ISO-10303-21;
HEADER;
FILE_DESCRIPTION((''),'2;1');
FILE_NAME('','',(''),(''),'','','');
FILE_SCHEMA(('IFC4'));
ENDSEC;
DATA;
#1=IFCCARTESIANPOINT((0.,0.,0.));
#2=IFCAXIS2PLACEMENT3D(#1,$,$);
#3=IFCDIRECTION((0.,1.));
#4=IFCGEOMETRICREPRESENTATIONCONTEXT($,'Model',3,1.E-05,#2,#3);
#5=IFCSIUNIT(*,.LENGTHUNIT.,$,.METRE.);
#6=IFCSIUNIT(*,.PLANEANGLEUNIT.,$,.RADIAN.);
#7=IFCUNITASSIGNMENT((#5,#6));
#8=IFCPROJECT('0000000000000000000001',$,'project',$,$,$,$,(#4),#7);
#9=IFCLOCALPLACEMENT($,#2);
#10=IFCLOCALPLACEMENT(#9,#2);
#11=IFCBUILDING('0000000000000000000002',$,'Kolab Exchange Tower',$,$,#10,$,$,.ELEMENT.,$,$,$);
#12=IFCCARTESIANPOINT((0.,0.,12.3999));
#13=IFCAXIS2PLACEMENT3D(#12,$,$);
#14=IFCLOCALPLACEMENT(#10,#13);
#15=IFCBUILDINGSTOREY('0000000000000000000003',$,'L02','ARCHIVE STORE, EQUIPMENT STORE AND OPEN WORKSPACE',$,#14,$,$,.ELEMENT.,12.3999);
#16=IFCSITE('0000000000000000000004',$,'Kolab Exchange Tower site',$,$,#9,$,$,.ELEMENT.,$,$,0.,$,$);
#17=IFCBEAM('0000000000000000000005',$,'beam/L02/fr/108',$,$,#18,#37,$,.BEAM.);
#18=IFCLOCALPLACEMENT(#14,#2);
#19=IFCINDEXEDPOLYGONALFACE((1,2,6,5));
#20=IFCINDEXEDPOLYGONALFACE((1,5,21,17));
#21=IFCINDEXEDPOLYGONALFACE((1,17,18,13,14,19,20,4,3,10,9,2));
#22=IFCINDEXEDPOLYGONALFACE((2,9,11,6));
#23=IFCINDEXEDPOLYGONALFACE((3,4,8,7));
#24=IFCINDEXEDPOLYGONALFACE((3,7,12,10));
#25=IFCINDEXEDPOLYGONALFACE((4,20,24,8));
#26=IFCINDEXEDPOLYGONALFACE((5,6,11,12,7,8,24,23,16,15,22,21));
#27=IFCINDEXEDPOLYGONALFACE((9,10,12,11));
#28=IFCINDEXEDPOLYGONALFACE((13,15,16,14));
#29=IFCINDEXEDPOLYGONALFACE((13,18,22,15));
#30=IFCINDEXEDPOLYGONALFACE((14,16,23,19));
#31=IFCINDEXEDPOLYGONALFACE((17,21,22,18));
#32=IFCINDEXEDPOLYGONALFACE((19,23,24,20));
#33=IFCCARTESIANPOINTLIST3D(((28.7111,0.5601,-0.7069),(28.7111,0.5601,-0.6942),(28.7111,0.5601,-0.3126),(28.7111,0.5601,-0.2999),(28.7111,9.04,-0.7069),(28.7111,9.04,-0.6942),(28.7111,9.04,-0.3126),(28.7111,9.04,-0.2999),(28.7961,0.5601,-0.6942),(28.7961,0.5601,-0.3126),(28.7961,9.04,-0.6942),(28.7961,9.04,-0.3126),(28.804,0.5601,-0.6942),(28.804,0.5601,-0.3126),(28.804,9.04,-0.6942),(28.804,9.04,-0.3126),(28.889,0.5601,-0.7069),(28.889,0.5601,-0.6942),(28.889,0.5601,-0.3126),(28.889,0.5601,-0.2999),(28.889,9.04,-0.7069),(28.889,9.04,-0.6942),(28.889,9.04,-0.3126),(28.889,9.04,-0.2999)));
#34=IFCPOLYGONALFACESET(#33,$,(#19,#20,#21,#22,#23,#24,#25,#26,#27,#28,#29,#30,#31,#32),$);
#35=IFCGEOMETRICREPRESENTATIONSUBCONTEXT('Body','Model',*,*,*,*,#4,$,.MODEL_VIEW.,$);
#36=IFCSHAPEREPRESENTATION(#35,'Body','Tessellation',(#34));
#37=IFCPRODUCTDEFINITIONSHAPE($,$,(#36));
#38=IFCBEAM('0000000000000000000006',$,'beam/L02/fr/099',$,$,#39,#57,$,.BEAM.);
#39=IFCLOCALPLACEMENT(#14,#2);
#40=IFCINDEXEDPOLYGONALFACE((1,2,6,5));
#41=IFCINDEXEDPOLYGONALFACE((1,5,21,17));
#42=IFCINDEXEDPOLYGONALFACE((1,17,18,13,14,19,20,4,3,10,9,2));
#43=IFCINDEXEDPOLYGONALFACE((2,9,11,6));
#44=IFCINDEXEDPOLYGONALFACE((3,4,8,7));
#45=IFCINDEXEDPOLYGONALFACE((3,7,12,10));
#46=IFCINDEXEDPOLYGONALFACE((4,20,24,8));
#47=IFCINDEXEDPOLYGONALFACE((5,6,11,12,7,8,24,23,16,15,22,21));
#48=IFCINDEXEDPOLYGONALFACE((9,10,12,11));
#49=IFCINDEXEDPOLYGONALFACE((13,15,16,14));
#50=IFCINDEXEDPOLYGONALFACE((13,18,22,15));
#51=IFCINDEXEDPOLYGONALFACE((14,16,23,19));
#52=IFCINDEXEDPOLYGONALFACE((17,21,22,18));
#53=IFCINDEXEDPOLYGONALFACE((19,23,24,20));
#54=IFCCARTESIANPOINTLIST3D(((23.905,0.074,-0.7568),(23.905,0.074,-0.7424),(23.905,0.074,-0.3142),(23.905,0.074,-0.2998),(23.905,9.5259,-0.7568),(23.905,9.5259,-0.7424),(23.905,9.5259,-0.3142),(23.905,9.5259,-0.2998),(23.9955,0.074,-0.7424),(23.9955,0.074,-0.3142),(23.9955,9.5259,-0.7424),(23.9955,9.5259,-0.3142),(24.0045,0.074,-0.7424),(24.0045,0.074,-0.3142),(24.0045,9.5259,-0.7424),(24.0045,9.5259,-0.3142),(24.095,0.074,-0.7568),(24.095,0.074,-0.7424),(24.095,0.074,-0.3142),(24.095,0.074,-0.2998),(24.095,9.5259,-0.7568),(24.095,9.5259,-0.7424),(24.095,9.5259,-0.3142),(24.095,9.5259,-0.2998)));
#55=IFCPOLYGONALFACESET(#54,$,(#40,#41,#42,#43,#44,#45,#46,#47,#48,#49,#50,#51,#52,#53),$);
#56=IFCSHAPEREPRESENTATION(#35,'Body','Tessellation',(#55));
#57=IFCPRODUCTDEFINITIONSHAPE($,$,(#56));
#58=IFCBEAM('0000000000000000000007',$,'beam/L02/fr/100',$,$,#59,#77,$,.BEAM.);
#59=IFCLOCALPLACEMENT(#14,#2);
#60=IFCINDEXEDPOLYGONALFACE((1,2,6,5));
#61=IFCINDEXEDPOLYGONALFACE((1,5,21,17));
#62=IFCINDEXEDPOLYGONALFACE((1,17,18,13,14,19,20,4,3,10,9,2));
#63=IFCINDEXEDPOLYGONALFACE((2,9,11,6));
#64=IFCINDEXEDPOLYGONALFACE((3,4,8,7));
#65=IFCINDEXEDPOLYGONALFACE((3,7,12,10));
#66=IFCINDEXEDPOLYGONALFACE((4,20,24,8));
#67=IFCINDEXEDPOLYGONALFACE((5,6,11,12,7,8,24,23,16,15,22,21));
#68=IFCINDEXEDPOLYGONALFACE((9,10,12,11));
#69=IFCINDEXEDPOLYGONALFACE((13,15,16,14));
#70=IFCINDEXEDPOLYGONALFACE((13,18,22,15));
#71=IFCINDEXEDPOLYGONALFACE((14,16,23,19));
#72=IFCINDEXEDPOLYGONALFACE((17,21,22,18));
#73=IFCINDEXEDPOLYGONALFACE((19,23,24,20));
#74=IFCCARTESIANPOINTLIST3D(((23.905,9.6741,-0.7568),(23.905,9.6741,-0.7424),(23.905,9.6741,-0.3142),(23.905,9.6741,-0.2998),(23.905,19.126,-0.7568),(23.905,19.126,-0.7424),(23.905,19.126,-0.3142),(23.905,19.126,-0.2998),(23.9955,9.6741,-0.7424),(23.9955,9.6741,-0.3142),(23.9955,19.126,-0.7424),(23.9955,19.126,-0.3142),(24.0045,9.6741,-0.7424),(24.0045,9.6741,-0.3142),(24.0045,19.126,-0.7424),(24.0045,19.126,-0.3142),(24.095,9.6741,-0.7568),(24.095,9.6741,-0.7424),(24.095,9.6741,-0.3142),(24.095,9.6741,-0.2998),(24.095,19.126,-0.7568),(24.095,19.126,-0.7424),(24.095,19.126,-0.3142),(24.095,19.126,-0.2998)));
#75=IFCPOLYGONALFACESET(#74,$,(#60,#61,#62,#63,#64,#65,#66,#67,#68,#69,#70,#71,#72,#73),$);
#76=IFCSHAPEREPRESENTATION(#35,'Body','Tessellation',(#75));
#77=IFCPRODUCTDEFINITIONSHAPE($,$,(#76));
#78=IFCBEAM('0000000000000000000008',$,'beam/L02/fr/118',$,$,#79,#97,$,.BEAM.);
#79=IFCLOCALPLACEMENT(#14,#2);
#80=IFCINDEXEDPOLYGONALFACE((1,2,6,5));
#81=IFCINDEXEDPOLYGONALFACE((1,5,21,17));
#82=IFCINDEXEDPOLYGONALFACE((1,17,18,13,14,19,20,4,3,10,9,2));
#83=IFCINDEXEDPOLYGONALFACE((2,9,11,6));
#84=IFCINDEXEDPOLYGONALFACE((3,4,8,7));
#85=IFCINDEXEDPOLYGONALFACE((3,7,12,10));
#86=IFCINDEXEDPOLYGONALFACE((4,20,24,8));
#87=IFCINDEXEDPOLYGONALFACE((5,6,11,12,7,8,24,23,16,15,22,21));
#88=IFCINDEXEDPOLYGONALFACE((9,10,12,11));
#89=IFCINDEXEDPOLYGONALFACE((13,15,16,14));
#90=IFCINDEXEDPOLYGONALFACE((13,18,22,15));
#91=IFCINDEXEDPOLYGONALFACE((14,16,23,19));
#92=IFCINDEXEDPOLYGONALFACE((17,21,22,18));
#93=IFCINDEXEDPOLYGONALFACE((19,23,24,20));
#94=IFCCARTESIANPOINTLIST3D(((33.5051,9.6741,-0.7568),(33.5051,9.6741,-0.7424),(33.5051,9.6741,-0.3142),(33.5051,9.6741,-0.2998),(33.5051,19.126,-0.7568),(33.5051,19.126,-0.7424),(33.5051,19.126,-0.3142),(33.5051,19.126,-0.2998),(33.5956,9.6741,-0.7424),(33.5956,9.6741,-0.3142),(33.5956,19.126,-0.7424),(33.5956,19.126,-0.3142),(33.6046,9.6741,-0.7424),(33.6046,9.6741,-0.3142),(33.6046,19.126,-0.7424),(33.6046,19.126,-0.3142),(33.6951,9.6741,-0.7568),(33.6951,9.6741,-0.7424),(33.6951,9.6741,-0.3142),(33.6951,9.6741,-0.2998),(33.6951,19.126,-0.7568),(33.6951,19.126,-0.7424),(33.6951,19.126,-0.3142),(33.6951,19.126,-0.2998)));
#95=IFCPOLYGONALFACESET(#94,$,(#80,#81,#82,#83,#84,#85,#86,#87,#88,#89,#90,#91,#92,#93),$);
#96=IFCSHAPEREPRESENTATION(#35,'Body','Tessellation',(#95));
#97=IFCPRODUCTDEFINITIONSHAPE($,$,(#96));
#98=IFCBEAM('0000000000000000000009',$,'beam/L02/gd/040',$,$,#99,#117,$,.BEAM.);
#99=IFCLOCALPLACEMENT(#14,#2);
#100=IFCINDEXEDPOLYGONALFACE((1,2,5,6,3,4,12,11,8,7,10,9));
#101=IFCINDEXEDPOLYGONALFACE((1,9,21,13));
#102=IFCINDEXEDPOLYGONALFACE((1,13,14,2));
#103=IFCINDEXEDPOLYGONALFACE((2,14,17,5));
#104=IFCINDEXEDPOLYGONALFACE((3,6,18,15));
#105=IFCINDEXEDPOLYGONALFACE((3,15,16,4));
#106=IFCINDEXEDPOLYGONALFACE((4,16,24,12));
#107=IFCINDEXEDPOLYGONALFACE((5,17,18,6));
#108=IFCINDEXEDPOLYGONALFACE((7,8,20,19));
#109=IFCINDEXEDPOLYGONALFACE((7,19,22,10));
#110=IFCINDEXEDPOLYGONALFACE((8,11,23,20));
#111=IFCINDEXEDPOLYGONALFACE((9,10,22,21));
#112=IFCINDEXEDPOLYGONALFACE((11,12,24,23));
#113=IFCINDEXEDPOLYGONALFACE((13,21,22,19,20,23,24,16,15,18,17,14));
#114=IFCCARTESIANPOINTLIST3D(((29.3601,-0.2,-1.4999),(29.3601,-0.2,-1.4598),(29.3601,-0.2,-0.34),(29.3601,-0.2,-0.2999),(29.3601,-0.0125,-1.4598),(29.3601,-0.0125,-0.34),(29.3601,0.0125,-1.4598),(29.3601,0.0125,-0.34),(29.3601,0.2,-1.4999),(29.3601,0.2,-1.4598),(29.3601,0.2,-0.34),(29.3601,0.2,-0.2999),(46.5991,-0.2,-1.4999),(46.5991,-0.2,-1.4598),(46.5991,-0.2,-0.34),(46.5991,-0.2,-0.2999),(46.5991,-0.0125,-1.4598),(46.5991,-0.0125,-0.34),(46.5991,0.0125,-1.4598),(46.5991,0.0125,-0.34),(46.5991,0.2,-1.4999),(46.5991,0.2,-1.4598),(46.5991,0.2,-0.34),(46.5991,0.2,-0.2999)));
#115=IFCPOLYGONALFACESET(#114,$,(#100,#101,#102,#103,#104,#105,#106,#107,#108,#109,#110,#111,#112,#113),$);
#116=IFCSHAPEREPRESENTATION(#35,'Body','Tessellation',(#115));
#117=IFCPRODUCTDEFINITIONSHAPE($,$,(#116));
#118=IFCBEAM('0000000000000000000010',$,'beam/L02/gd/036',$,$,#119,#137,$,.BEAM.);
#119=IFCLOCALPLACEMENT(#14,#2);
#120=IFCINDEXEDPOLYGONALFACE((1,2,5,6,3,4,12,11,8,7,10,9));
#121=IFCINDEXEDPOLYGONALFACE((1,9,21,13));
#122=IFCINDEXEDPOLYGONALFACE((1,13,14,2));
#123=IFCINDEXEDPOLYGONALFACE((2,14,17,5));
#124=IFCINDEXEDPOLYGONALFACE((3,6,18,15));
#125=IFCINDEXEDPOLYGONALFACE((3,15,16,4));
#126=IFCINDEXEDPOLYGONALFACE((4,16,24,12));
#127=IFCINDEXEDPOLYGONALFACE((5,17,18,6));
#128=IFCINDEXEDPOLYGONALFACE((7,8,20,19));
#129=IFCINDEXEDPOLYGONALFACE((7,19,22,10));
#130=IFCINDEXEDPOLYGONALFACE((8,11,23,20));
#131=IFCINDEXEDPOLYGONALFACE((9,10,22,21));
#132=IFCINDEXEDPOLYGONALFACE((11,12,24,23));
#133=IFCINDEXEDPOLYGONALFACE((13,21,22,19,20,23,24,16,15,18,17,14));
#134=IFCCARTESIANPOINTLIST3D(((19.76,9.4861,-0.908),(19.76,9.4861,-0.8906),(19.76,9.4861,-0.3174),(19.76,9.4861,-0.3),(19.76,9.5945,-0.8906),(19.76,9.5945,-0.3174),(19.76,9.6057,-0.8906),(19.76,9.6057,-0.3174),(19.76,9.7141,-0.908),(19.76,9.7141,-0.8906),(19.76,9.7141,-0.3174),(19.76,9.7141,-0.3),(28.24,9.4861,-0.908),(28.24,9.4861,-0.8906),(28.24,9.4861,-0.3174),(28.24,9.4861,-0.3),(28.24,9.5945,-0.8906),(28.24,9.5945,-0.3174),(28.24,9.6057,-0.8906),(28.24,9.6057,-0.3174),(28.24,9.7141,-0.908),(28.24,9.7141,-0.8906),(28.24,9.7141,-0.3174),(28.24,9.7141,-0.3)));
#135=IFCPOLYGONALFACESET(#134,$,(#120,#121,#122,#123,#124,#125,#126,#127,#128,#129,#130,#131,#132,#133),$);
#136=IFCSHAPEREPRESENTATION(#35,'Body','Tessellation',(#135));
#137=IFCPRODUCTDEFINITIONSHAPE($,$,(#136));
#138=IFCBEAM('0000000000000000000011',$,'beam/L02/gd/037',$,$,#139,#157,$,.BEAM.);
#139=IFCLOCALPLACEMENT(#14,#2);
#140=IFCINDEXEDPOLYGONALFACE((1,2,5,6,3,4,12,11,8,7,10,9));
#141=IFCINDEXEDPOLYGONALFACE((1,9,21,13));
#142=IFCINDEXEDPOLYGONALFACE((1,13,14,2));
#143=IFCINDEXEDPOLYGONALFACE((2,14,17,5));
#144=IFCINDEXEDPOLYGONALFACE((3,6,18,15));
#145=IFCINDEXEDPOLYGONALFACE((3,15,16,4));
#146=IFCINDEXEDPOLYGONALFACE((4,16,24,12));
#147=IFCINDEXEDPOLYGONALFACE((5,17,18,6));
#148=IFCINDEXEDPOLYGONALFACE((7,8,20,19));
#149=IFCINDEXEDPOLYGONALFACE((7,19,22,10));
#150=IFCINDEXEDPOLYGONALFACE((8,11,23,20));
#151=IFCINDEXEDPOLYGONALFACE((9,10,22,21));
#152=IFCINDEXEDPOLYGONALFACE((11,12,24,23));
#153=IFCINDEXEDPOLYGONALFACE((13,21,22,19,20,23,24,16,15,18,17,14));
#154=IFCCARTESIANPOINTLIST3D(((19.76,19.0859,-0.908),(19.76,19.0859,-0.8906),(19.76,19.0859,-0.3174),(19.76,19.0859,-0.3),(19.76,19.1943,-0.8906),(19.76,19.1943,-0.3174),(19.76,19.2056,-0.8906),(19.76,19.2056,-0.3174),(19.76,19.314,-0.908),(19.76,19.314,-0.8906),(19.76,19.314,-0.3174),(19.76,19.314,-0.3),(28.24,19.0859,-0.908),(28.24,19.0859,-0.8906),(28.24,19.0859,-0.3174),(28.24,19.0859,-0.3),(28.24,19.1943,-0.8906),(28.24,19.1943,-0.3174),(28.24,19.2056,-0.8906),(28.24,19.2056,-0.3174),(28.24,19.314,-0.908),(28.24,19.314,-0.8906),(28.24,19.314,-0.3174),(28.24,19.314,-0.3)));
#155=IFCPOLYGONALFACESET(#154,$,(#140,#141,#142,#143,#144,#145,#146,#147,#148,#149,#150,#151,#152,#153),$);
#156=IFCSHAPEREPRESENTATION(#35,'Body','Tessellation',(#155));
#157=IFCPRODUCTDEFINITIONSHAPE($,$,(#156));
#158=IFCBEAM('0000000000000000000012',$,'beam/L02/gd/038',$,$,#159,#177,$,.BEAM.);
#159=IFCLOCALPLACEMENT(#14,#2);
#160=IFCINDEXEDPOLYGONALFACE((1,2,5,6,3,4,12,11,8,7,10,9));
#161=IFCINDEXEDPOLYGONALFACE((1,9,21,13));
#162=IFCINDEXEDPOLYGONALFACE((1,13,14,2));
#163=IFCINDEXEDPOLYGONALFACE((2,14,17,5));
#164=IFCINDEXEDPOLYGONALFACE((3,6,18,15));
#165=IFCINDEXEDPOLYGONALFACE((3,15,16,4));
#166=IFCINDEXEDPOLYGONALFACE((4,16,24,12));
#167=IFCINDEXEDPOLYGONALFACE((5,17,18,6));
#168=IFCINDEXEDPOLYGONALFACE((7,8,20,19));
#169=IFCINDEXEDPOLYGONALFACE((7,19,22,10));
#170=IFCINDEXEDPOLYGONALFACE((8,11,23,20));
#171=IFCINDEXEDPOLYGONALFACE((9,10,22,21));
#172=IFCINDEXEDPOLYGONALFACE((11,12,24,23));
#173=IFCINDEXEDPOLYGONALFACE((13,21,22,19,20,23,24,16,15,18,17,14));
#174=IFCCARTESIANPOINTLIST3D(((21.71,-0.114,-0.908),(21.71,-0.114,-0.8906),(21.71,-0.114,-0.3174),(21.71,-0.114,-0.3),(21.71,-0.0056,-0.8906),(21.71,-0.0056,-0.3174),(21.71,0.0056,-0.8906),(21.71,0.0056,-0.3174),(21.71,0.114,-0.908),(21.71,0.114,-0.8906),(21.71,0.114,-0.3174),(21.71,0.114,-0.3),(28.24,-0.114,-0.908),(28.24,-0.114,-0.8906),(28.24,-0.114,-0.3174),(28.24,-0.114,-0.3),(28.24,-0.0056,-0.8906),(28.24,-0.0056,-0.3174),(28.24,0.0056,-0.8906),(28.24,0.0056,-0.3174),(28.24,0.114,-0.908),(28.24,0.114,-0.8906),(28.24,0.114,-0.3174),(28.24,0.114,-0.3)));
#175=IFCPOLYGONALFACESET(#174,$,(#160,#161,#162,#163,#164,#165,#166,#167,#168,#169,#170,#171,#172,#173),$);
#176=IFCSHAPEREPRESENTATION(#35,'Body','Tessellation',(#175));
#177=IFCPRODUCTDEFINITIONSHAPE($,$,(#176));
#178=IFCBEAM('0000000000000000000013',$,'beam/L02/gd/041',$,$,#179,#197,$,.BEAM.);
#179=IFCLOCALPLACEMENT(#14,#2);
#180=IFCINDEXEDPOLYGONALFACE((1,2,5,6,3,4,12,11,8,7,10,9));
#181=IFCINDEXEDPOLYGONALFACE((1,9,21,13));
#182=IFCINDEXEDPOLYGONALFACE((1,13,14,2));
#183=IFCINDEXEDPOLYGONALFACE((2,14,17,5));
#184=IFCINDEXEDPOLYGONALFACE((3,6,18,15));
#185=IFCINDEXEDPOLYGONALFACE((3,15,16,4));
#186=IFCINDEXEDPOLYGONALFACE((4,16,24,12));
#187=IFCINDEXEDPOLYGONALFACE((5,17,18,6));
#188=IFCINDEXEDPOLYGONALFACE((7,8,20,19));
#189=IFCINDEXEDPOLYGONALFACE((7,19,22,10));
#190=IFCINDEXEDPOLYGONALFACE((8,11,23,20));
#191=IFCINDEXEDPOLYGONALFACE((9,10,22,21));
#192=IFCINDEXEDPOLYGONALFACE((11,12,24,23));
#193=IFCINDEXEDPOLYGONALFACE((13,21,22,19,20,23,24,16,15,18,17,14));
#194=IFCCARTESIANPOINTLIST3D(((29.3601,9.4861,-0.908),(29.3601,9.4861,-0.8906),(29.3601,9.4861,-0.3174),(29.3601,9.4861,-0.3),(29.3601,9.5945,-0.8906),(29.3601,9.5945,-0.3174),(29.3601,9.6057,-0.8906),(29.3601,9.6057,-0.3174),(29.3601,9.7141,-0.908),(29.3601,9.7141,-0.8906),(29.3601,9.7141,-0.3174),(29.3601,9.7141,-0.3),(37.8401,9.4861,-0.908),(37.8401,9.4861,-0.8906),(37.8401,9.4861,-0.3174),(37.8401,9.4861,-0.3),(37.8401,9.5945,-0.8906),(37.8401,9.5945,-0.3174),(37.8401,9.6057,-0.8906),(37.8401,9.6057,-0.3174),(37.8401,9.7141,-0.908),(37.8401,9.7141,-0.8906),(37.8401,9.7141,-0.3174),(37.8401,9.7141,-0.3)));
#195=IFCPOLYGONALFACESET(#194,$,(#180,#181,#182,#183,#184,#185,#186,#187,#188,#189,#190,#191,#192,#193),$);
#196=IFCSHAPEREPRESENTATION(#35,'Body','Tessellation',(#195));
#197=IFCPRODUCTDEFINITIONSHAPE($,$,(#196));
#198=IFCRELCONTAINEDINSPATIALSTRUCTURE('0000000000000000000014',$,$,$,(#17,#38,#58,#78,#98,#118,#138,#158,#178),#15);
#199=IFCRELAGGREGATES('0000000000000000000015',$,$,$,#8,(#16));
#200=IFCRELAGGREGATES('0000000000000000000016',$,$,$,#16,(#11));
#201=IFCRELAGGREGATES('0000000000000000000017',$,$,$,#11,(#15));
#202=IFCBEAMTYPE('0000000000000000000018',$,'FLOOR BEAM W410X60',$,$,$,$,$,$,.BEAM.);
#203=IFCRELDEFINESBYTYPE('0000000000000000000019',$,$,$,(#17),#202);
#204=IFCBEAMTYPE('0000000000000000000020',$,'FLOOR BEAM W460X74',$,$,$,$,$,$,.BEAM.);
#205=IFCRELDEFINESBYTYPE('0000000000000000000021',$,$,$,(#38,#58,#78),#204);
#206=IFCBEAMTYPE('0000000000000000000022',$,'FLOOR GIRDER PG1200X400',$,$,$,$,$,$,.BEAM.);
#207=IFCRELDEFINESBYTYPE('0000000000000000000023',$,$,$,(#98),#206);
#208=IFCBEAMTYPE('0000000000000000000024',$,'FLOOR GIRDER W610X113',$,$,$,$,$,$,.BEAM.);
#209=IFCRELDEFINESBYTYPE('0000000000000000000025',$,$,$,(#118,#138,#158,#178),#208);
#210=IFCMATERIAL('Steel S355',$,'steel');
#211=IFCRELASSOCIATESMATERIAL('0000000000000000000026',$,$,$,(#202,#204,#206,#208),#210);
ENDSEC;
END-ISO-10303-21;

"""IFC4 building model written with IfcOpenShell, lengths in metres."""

from ifc_helpers import new_model, si_unit, direction, frame, origin, origin_2d, place, context, subcontext, project, spatial, i_section, extrude, material, material_profile, profile_set, type_object, element, save


model = new_model("IFC4")

# Units and contexts
model_context = context("Model", 3, precision=1e-05, world=origin(), true_north=direction((0.0, 1.0)))
body_context = subcontext(model_context, "Body", "Model", "MODEL_VIEW")
ifc_project = project(units=[si_unit("LENGTHUNIT", "METRE"), si_unit("PLANEANGLEUNIT", "RADIAN")], contexts=[model_context])

# Site, building, storey
site_placement = place(None, origin())
site = spatial("IfcSite", under=ifc_project, at=site_placement, Name="Kolab Exchange Tower site", CompositionType="ELEMENT", RefElevation=0.0)
building_placement = place(site_placement, origin())
building = spatial("IfcBuilding", under=site, at=building_placement, Name="Kolab Exchange Tower", CompositionType="ELEMENT")
storey_placement = place(building_placement, frame((0.0, 0.0, 12.3999)))
storey = spatial("IfcBuildingStorey", under=building, at=storey_placement, Name="L02", Description="ARCHIVE STORE, EQUIPMENT STORE AND OPEN WORKSPACE", CompositionType="ELEMENT", Elevation=12.3999)

# Beams
ifc_material_1 = material(Name="Steel S355", Category="steel")
ifc_material_profile_1 = material_profile(ifc_material_1, i_section(OverallWidth=0.178, OverallDepth=0.407, WebThickness=0.0078, FlangeThickness=0.0127, at=origin_2d()), Name="W410X60")
ifc_profile_set_1 = profile_set([ifc_material_profile_1], Name="Steel S355")
beam_type_1 = type_object("IfcBeamType", Name="FLOOR BEAM W410X60", PredefinedType="BEAM", material=ifc_profile_set_1)
for number, where, z_axis, x_axis, name in (
    (1, (28.8, 0.5601, -0.5034), (0.0, 1.0, 0.0), (-1.0, 0.0, 0.0), "beam/L02/fr/108"),
):
    element("IfcBeam", number, at=place(storey_placement, frame(where, z_axis=z_axis, x_axis=x_axis)), inside=storey, type_object=beam_type_1, Name=name, PredefinedType="BEAM", context=body_context, shape_type="SweptSolid", body=[
        extrude(i_section(OverallWidth=0.178, OverallDepth=0.407, WebThickness=0.0078, FlangeThickness=0.0127, at=origin_2d()), origin(), (0.0, 0.0, 1.0), 8.48),
    ])
ifc_material_profile_2 = material_profile(ifc_material_1, i_section(OverallWidth=0.1899, OverallDepth=0.457, WebThickness=0.009, FlangeThickness=0.0144, at=origin_2d()), Name="W460X74")
ifc_profile_set_2 = profile_set([ifc_material_profile_2], Name="Steel S355")
beam_type_2 = type_object("IfcBeamType", Name="FLOOR BEAM W460X74", PredefinedType="BEAM", material=ifc_profile_set_2)
for number, where, z_axis, x_axis, name in (
    (2, (24.0, 0.074, -0.5283), (0.0, 1.0, 0.0), (-1.0, 0.0, 0.0), "beam/L02/fr/099"),
    (3, (24.0, 9.6741, -0.5283), (0.0, 1.0, 0.0), (-1.0, 0.0, 0.0), "beam/L02/fr/100"),
    (4, (33.6001, 9.6741, -0.5283), (0.0, 1.0, 0.0), (-1.0, 0.0, 0.0), "beam/L02/fr/118"),
):
    element("IfcBeam", number, at=place(storey_placement, frame(where, z_axis=z_axis, x_axis=x_axis)), inside=storey, type_object=beam_type_2, Name=name, PredefinedType="BEAM", context=body_context, shape_type="SweptSolid", body=[
        extrude(i_section(OverallWidth=0.1899, OverallDepth=0.457, WebThickness=0.009, FlangeThickness=0.0144, at=origin_2d()), origin(), (0.0, 0.0, 1.0), 9.4519),
    ])
ifc_material_profile_3 = material_profile(ifc_material_1, i_section(OverallWidth=0.3999, OverallDepth=1.2, WebThickness=0.0249, FlangeThickness=0.04, at=origin_2d()), Name="PG1200X400")
ifc_profile_set_3 = profile_set([ifc_material_profile_3], Name="Steel S355")
beam_type_3 = type_object("IfcBeamType", Name="FLOOR GIRDER PG1200X400", PredefinedType="BEAM", material=ifc_profile_set_3)
beam_1_placement = place(storey_placement, frame((29.3601, 0.0, -0.8999), z_axis=(1.0, 0.0, 0.0), x_axis=(0.0, 1.0, 0.0)))
element("IfcBeam", 5, at=beam_1_placement, inside=storey, type_object=beam_type_3, Name="beam/L02/gd/040", PredefinedType="BEAM", context=body_context, shape_type="SweptSolid", body=[
    extrude(i_section(OverallWidth=0.3999, OverallDepth=1.2, WebThickness=0.0249, FlangeThickness=0.04, at=origin_2d()), origin(), (0.0, 0.0, 1.0), 17.239),
])
ifc_material_profile_4 = material_profile(ifc_material_1, i_section(OverallWidth=0.228, OverallDepth=0.6079, WebThickness=0.0112, FlangeThickness=0.0173, at=origin_2d()), Name="W610X113")
ifc_profile_set_4 = profile_set([ifc_material_profile_4], Name="Steel S355")
beam_type_4 = type_object("IfcBeamType", Name="FLOOR GIRDER W610X113", PredefinedType="BEAM", material=ifc_profile_set_4)
for number, where, z_axis, x_axis, name in (
    (6, (19.76, 9.6001, -0.604), (1.0, 0.0, 0.0), (0.0, 1.0, 0.0), "beam/L02/gd/036"),
    (7, (19.76, 19.2, -0.604), (1.0, 0.0, 0.0), (0.0, 1.0, 0.0), "beam/L02/gd/037"),
):
    element("IfcBeam", number, at=place(storey_placement, frame(where, z_axis=z_axis, x_axis=x_axis)), inside=storey, type_object=beam_type_4, Name=name, PredefinedType="BEAM", context=body_context, shape_type="SweptSolid", body=[
        extrude(i_section(OverallWidth=0.228, OverallDepth=0.6079, WebThickness=0.0112, FlangeThickness=0.0173, at=origin_2d()), origin(), (0.0, 0.0, 1.0), 8.48),
    ])
beam_2_placement = place(storey_placement, frame((21.71, 0.0, -0.604), z_axis=(1.0, 0.0, 0.0), x_axis=(0.0, 1.0, 0.0)))
element("IfcBeam", 8, at=beam_2_placement, inside=storey, type_object=beam_type_4, Name="beam/L02/gd/038", PredefinedType="BEAM", context=body_context, shape_type="SweptSolid", body=[
    extrude(i_section(OverallWidth=0.228, OverallDepth=0.6079, WebThickness=0.0112, FlangeThickness=0.0173, at=origin_2d()), origin(), (0.0, 0.0, 1.0), 6.53),
])
beam_3_placement = place(storey_placement, frame((29.3601, 9.6001, -0.604), z_axis=(1.0, 0.0, 0.0), x_axis=(0.0, 1.0, 0.0)))
element("IfcBeam", 9, at=beam_3_placement, inside=storey, type_object=beam_type_4, Name="beam/L02/gd/041", PredefinedType="BEAM", context=body_context, shape_type="SweptSolid", body=[
    extrude(i_section(OverallWidth=0.228, OverallDepth=0.6079, WebThickness=0.0112, FlangeThickness=0.0173, at=origin_2d()), origin(), (0.0, 0.0, 1.0), 8.48),
])

save(model, "model.ifc")
